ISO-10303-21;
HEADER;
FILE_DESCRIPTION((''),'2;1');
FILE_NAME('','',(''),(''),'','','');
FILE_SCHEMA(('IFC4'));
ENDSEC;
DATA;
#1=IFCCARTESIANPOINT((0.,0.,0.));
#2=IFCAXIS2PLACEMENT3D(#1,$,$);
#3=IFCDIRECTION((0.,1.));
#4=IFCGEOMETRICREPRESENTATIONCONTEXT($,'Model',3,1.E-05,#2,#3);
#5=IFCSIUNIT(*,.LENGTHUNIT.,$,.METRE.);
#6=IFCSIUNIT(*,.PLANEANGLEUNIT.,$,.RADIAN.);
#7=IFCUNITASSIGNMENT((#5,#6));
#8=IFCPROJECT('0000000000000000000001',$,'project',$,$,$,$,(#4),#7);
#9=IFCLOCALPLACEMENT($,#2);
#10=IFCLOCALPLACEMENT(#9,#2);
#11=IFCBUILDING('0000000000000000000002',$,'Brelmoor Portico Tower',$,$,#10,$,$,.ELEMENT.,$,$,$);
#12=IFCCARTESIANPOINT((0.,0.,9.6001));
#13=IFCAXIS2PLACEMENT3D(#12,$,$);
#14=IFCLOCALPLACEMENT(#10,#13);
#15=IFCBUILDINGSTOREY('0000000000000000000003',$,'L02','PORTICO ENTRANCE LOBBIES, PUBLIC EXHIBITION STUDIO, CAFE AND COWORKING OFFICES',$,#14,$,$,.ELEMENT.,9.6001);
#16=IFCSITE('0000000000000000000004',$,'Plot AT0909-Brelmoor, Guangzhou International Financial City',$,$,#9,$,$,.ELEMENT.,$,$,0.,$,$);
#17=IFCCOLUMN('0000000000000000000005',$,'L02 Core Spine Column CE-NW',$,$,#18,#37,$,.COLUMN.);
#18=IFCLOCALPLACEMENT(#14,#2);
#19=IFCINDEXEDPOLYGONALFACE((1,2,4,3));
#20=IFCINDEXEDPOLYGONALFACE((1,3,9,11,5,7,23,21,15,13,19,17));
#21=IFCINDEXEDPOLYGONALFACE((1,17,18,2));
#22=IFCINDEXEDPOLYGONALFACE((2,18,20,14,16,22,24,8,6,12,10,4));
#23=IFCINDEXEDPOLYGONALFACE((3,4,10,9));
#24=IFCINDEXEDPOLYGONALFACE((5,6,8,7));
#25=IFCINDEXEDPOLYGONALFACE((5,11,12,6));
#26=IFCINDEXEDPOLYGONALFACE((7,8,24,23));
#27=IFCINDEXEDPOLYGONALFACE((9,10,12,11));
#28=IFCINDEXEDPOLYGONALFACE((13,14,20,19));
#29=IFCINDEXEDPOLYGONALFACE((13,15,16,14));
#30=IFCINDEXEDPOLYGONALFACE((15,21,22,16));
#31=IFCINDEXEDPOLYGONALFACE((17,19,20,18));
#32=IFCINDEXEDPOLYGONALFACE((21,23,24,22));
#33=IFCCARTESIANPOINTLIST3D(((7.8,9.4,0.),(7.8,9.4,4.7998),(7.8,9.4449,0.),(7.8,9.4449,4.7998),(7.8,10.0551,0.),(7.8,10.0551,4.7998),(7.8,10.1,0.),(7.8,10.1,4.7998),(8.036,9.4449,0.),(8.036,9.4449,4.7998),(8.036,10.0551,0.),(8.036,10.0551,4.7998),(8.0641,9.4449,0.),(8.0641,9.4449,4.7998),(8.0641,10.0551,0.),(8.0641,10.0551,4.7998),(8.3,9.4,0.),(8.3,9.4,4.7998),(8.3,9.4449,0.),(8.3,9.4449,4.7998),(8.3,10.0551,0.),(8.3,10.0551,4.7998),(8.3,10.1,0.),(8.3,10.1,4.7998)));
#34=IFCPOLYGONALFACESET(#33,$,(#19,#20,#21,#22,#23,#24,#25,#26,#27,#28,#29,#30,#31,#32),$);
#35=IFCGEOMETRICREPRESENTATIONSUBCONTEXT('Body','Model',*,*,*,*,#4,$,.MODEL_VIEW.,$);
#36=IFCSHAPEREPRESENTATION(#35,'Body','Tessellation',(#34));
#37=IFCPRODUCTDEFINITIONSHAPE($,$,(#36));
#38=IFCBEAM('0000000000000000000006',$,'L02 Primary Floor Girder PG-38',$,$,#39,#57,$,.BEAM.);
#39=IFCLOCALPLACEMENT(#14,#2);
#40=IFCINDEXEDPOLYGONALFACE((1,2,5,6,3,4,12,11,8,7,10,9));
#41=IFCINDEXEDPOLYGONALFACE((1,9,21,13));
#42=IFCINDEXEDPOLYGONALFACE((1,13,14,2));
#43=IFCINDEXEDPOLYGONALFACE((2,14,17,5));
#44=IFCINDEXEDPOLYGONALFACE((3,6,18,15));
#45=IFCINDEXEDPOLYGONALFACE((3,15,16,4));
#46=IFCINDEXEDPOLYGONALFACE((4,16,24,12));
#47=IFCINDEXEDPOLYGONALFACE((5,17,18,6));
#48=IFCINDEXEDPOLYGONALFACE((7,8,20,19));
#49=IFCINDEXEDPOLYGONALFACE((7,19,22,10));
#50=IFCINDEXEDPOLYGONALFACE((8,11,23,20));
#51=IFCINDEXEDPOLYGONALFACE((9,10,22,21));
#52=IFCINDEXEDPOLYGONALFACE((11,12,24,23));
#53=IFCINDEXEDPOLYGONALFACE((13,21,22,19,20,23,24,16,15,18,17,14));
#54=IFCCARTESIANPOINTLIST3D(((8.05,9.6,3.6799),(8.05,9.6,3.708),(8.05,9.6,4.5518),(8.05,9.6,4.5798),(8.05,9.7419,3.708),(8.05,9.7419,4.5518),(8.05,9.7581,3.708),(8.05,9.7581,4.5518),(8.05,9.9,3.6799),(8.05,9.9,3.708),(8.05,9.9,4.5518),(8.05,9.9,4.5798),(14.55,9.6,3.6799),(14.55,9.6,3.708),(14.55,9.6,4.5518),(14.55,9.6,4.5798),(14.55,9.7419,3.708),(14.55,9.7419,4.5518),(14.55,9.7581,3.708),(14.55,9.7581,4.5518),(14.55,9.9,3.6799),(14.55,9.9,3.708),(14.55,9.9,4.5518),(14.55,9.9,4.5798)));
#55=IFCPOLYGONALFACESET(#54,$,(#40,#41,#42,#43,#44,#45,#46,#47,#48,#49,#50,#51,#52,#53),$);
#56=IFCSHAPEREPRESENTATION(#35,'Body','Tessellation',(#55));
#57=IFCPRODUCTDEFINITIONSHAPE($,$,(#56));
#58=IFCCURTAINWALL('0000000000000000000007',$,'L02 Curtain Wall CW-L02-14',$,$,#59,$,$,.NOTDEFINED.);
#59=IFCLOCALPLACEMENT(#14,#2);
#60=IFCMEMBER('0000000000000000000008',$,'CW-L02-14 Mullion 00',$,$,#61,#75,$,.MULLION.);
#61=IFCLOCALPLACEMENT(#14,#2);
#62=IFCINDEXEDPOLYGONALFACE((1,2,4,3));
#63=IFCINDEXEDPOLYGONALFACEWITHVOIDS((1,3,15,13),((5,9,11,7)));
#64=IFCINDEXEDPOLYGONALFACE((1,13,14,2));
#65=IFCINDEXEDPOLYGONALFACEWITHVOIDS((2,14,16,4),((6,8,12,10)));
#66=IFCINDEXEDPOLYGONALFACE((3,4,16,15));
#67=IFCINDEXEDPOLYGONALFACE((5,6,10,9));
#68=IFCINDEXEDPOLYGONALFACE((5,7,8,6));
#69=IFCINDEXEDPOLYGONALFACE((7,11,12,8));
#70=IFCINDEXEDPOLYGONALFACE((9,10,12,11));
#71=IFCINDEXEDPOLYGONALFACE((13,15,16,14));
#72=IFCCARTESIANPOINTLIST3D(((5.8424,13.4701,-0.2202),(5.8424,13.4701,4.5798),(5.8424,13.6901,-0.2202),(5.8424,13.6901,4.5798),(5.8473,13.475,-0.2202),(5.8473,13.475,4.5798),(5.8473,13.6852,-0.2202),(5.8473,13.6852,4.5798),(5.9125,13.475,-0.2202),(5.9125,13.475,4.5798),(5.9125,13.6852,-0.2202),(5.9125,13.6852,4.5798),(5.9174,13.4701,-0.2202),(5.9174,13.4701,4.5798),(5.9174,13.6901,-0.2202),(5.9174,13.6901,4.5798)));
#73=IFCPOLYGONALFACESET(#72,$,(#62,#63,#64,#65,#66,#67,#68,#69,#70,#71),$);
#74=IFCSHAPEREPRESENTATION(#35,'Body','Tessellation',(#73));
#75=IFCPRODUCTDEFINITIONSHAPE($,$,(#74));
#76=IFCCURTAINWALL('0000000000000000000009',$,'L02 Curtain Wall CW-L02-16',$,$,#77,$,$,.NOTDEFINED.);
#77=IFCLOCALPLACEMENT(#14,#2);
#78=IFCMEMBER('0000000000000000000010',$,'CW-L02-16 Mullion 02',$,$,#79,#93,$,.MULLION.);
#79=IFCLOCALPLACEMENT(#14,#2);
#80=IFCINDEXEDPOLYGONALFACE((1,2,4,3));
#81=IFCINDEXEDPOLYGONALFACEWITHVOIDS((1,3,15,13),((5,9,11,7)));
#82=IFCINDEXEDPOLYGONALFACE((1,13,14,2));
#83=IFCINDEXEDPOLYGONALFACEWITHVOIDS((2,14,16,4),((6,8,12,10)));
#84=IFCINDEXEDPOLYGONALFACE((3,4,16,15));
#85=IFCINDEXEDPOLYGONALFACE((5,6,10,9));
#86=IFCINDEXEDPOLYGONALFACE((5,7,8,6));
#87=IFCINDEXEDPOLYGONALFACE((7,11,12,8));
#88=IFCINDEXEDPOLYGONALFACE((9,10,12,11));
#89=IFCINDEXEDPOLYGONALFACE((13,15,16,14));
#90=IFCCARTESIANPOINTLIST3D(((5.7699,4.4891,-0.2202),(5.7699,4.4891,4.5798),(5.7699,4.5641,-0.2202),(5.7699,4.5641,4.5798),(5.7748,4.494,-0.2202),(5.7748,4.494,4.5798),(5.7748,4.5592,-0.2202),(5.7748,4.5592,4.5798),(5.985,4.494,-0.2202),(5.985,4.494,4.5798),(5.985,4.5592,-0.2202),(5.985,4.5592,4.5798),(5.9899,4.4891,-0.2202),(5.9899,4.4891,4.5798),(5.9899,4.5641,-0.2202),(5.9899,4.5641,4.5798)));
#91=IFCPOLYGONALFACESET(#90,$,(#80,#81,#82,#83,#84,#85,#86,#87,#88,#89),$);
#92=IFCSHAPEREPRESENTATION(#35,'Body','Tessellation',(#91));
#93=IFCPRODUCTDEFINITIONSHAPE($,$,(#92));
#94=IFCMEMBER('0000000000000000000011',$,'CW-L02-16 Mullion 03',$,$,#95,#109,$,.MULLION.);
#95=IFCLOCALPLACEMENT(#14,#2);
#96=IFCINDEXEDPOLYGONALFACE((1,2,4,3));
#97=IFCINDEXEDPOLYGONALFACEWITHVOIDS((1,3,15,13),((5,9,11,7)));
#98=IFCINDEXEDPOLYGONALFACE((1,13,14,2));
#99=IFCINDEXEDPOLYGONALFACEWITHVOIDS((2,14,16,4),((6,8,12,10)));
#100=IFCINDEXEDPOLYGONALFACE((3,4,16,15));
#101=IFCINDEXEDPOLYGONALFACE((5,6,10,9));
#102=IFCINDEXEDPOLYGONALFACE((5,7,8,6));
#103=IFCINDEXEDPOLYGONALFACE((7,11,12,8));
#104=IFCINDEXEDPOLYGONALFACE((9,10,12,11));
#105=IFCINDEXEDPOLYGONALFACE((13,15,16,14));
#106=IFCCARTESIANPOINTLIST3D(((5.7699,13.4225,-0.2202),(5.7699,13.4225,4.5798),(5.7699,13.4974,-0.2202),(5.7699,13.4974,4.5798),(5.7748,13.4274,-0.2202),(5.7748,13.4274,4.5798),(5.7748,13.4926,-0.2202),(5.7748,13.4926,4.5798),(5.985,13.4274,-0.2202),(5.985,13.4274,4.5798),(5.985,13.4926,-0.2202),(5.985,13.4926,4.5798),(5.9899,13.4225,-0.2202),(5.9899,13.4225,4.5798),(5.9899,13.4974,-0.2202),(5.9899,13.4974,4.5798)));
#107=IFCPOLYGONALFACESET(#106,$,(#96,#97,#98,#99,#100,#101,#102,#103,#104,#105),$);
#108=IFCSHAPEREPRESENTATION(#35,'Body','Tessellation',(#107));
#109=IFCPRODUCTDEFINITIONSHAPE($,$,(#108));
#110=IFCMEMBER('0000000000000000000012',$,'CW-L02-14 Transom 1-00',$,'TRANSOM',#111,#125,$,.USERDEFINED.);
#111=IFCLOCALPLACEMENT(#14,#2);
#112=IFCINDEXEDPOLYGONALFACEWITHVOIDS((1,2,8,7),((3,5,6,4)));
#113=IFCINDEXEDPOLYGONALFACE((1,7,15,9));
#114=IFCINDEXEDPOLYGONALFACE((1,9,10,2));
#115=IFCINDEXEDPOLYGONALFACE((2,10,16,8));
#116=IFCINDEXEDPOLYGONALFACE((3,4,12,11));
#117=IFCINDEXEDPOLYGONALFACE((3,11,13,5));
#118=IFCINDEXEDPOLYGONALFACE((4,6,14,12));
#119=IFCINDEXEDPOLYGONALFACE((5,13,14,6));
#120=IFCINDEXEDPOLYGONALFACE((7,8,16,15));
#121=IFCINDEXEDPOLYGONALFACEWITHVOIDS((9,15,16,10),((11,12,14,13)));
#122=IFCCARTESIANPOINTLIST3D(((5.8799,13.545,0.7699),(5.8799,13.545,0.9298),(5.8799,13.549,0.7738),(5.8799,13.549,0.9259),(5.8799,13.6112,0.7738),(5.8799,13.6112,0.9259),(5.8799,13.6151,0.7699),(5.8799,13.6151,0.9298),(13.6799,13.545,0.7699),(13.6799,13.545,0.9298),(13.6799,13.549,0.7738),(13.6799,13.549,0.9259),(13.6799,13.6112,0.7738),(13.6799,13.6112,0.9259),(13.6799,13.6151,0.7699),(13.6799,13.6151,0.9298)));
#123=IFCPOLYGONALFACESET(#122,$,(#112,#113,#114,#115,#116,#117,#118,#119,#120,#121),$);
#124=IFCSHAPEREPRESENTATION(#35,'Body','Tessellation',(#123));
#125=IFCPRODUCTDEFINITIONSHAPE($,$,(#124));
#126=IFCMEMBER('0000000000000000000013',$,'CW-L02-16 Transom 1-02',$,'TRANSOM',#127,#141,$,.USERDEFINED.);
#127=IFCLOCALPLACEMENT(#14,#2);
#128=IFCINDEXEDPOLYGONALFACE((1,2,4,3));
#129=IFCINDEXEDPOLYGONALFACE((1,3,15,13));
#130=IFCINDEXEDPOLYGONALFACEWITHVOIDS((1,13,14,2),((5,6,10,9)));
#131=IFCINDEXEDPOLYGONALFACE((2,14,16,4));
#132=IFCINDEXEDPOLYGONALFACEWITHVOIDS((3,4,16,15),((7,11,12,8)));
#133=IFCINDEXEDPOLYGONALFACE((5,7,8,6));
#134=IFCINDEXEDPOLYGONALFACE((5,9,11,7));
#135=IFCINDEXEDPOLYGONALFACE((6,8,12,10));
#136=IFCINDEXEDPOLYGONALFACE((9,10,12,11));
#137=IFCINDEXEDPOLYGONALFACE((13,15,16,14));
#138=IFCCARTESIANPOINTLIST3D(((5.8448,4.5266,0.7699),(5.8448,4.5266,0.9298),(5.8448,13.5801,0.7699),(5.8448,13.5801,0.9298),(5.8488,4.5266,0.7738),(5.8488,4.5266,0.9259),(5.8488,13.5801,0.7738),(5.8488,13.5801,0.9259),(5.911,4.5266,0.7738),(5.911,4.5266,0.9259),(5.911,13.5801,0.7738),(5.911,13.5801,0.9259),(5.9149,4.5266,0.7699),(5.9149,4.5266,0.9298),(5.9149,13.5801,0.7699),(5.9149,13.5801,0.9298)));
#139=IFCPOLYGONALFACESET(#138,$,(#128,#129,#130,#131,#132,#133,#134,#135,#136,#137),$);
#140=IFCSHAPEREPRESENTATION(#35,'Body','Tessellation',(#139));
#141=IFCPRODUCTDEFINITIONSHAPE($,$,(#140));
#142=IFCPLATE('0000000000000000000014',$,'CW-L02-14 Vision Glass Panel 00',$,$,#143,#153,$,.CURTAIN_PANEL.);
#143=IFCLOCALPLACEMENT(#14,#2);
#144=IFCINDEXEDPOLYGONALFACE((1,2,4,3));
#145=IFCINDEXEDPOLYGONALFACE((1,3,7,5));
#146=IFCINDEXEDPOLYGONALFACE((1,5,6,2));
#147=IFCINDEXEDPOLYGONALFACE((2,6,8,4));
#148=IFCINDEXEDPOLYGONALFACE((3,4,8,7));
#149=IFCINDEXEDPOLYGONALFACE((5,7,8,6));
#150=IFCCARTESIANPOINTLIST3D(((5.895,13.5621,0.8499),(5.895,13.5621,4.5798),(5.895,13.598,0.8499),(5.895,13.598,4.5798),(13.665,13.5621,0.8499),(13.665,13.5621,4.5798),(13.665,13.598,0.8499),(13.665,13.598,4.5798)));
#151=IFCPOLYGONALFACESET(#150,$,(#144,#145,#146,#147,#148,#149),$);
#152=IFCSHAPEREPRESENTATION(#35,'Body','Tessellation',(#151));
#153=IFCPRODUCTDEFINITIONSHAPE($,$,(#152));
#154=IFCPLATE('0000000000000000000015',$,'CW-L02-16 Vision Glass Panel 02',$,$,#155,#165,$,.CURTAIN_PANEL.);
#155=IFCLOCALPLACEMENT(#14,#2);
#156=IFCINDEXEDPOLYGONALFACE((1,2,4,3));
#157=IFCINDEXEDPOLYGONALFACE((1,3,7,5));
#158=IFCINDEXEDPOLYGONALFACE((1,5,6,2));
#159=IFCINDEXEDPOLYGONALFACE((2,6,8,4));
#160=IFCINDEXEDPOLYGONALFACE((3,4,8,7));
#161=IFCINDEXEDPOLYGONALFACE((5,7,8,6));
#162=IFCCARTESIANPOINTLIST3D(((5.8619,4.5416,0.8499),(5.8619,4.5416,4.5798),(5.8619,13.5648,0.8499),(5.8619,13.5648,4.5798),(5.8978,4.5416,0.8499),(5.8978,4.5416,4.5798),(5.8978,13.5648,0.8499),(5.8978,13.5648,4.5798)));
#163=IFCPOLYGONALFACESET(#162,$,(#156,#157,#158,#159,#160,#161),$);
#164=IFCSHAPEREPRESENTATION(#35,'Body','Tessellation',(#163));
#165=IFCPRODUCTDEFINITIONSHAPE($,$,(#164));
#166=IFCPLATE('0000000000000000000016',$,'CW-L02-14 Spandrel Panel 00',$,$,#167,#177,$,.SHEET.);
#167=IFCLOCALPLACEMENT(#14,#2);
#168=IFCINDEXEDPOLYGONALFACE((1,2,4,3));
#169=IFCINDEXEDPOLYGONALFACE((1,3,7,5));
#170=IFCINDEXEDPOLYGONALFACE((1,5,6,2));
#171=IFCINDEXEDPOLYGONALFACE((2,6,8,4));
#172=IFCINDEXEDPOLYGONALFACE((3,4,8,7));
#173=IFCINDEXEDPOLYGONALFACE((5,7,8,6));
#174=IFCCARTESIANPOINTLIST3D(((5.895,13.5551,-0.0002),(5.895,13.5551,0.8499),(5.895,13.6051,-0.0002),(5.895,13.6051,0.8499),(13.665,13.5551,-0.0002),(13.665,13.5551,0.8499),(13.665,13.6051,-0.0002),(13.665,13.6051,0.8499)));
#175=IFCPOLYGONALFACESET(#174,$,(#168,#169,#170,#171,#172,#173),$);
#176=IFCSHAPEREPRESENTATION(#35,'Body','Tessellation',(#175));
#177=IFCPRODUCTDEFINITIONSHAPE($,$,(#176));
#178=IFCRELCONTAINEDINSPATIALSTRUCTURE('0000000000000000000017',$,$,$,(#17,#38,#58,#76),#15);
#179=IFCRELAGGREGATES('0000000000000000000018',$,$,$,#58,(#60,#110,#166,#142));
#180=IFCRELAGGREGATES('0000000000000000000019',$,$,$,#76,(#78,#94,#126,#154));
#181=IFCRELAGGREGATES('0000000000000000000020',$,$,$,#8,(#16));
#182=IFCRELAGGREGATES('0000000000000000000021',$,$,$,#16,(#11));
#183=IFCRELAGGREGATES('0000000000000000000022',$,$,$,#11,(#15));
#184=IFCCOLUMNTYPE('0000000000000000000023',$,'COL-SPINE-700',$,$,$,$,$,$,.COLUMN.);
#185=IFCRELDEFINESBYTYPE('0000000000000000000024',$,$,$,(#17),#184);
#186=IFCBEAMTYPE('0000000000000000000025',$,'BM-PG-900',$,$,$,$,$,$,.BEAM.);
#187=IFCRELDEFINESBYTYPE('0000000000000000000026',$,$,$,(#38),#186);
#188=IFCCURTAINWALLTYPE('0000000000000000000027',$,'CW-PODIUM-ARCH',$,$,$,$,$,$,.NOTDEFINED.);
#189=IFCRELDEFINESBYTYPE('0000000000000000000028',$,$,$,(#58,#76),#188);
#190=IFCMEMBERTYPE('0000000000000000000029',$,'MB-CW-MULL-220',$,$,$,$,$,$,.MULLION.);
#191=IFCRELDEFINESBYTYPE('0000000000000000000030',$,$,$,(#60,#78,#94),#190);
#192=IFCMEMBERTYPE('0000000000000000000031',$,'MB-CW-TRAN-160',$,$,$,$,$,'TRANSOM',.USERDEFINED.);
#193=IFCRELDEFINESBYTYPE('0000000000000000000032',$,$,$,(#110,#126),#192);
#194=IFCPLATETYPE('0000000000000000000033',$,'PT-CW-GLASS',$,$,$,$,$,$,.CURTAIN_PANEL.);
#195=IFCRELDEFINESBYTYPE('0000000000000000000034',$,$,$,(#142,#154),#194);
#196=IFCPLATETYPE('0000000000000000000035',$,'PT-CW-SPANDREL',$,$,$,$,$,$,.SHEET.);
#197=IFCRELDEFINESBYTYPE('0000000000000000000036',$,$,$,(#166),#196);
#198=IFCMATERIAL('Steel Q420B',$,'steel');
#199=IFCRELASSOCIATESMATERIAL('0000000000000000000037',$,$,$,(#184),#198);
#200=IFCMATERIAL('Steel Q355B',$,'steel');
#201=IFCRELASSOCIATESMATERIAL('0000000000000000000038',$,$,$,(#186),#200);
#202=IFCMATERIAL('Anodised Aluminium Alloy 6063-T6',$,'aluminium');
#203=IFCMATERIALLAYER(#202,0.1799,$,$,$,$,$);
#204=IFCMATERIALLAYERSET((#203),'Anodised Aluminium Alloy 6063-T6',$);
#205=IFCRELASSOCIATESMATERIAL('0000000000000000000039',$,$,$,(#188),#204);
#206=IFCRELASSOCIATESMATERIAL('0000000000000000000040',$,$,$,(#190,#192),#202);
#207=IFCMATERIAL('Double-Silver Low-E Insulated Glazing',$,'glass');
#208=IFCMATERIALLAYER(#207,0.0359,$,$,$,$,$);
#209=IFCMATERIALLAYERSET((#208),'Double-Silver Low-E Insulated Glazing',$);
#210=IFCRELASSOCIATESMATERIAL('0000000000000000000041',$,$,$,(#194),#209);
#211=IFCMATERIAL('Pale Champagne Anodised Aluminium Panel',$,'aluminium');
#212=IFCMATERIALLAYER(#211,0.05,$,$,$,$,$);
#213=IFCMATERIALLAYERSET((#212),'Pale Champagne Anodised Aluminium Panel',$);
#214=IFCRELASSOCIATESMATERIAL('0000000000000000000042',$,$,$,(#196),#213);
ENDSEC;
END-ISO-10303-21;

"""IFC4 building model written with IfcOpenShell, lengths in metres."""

from ifc_helpers import new_model, si_unit, direction, frame, origin, origin_2d, place, context, subcontext, project, spatial, rectangle, hollow_rectangle, i_section, extrude, material, layer, layer_set, material_profile, profile_set, type_object, element, aggregate, save


model = new_model("IFC4")

# Units and contexts
model_context = context("Model", 3, precision=1e-05, world=origin(), true_north=direction((0.0, 1.0)))
body_context = subcontext(model_context, "Body", "Model", "MODEL_VIEW")
ifc_project = project(units=[si_unit("LENGTHUNIT", "METRE"), si_unit("PLANEANGLEUNIT", "RADIAN")], contexts=[model_context])

# Site, building, storey
site_placement = place(None, origin())
site = spatial("IfcSite", under=ifc_project, at=site_placement, Name="Plot AT0909-Brelmoor, Guangzhou International Financial City", CompositionType="ELEMENT", RefElevation=0.0)
building_placement = place(site_placement, origin())
building = spatial("IfcBuilding", under=site, at=building_placement, Name="Brelmoor Portico Tower", CompositionType="ELEMENT")
storey_placement = place(building_placement, frame((0.0, 0.0, 9.6001)))
storey = spatial("IfcBuildingStorey", under=building, at=storey_placement, Name="L02", Description="PORTICO ENTRANCE LOBBIES, PUBLIC EXHIBITION STUDIO, CAFE AND COWORKING OFFICES", CompositionType="ELEMENT", Elevation=9.6001)

# Column
ifc_material_1 = material(Name="Steel Q420B", Category="steel")
ifc_material_profile_1 = material_profile(ifc_material_1, i_section(OverallWidth=0.5, OverallDepth=0.7, WebThickness=0.0281, FlangeThickness=0.0449, at=origin_2d()), Name="HW 700x500x28x45")
ifc_profile_set_1 = profile_set([ifc_material_profile_1], Name="Steel Q420B")
column_type = type_object("IfcColumnType", Name="COL-SPINE-700", PredefinedType="COLUMN", material=ifc_profile_set_1)
column_placement = place(storey_placement, frame((8.05, 9.75, 0.0), z_axis=(0.0, 0.0, 1.0), x_axis=(1.0, 0.0, 0.0)))
element("IfcColumn", 1, at=column_placement, inside=storey, type_object=column_type, Name="L02 Core Spine Column CE-NW", PredefinedType="COLUMN", context=body_context, shape_type="SweptSolid", body=[
    extrude(i_section(OverallWidth=0.5, OverallDepth=0.7, WebThickness=0.0281, FlangeThickness=0.0449, at=origin_2d()), origin(), (0.0, 0.0, 1.0), 4.7998),
])

# Beam
ifc_material_2 = material(Name="Steel Q355B", Category="steel")
ifc_material_profile_2 = material_profile(ifc_material_2, i_section(OverallWidth=0.3, OverallDepth=0.8999, WebThickness=0.0161, FlangeThickness=0.0281, at=origin_2d()), Name="HN 900x300x16x28")
ifc_profile_set_2 = profile_set([ifc_material_profile_2], Name="Steel Q355B")
beam_type = type_object("IfcBeamType", Name="BM-PG-900", PredefinedType="BEAM", material=ifc_profile_set_2)
beam_placement = place(storey_placement, frame((8.05, 9.75, 4.1299), z_axis=(1.0, 0.0, 0.0), x_axis=(0.0, 1.0, 0.0)))
element("IfcBeam", 2, at=beam_placement, inside=storey, type_object=beam_type, Name="L02 Primary Floor Girder PG-38", PredefinedType="BEAM", context=body_context, shape_type="SweptSolid", body=[
    extrude(i_section(OverallWidth=0.3, OverallDepth=0.8999, WebThickness=0.0161, FlangeThickness=0.0281, at=origin_2d()), origin(), (0.0, 0.0, 1.0), 6.5),
])

# Curtain wall, member
ifc_material_3 = material(Name="Anodised Aluminium Alloy 6063-T6", Category="aluminium")
ifc_layer_1 = layer(ifc_material_3, 0.1799)
ifc_layer_set_1 = layer_set([ifc_layer_1], Name="Anodised Aluminium Alloy 6063-T6")
curtain_wall_type = type_object("IfcCurtainWallType", Name="CW-PODIUM-ARCH", PredefinedType="NOTDEFINED", material=ifc_layer_set_1)
curtain_wall_1_placement = place(storey_placement, origin())
curtain_wall_1 = element("IfcCurtainWall", 3, at=curtain_wall_1_placement, inside=storey, type_object=curtain_wall_type, Name="L02 Curtain Wall CW-L02-14", PredefinedType="NOTDEFINED")
ifc_material_profile_3 = material_profile(ifc_material_3, hollow_rectangle(XDim=0.075, YDim=0.22, WallThickness=0.0049, at=origin_2d()), Name="ALU MULLION 75x220")
ifc_profile_set_3 = profile_set([ifc_material_profile_3], Name="Anodised Aluminium Alloy 6063-T6")
member_type_1 = type_object("IfcMemberType", Name="MB-CW-MULL-220", PredefinedType="MULLION", material=ifc_profile_set_3)
member_1_placement = place(storey_placement, frame((5.8799, 13.5801, -0.2202), z_axis=(0.0, 0.0, 1.0), x_axis=(1.0, 0.0, 0.0)))
member_1 = element("IfcMember", 4, at=member_1_placement, type_object=member_type_1, Name="CW-L02-14 Mullion 00", PredefinedType="MULLION", context=body_context, shape_type="SweptSolid", body=[
    extrude(hollow_rectangle(XDim=0.075, YDim=0.22, WallThickness=0.0049, at=origin_2d()), origin(), (0.0, 0.0, 1.0), 4.8),
])

# Curtain wall, members
curtain_wall_2_placement = place(storey_placement, origin())
curtain_wall_2 = element("IfcCurtainWall", 5, at=curtain_wall_2_placement, inside=storey, type_object=curtain_wall_type, Name="L02 Curtain Wall CW-L02-16", PredefinedType="NOTDEFINED")
member_2_placement = place(storey_placement, frame((5.8799, 4.5266, -0.2202), z_axis=(0.0, 0.0, 1.0), x_axis=(0.0, 1.0, 0.0)))
member_2 = element("IfcMember", 6, at=member_2_placement, type_object=member_type_1, Name="CW-L02-16 Mullion 02", PredefinedType="MULLION", context=body_context, shape_type="SweptSolid", body=[
    extrude(hollow_rectangle(XDim=0.075, YDim=0.22, WallThickness=0.0049, at=origin_2d()), origin(), (0.0, 0.0, 1.0), 4.8),
])
member_3_placement = place(storey_placement, frame((5.8799, 13.46, -0.2202), z_axis=(0.0, 0.0, 1.0), x_axis=(0.0, 1.0, 0.0)))
member_3 = element("IfcMember", 7, at=member_3_placement, type_object=member_type_1, Name="CW-L02-16 Mullion 03", PredefinedType="MULLION", context=body_context, shape_type="SweptSolid", body=[
    extrude(hollow_rectangle(XDim=0.075, YDim=0.22, WallThickness=0.0049, at=origin_2d()), origin(), (0.0, 0.0, 1.0), 4.8),
])

# Members
ifc_material_profile_4 = material_profile(ifc_material_3, hollow_rectangle(XDim=0.0701, YDim=0.1599, WallThickness=0.0039, at=origin_2d()), Name="ALU TRANSOM 70x160")
ifc_profile_set_4 = profile_set([ifc_material_profile_4], Name="Anodised Aluminium Alloy 6063-T6")
member_type_2 = type_object("IfcMemberType", Name="MB-CW-TRAN-160", ElementType="TRANSOM", PredefinedType="USERDEFINED", material=ifc_profile_set_4)
member_4_placement = place(storey_placement, frame((5.8799, 13.5801, 0.8499), z_axis=(1.0, 0.0, 0.0), x_axis=(0.0, 1.0, 0.0)))
member_4 = element("IfcMember", 8, at=member_4_placement, type_object=member_type_2, Name="CW-L02-14 Transom 1-00", ObjectType="TRANSOM", PredefinedType="USERDEFINED", context=body_context, shape_type="SweptSolid", body=[
    extrude(hollow_rectangle(XDim=0.0701, YDim=0.1599, WallThickness=0.0039, at=origin_2d()), origin(), (0.0, 0.0, 1.0), 7.8),
])
member_5_placement = place(storey_placement, frame((5.8799, 4.5266, 0.8499), z_axis=(0.0, 1.0, 0.0), x_axis=(-1.0, 0.0, 0.0)))
member_5 = element("IfcMember", 9, at=member_5_placement, type_object=member_type_2, Name="CW-L02-16 Transom 1-02", ObjectType="TRANSOM", PredefinedType="USERDEFINED", context=body_context, shape_type="SweptSolid", body=[
    extrude(hollow_rectangle(XDim=0.0701, YDim=0.1599, WallThickness=0.0039, at=origin_2d()), origin(), (0.0, 0.0, 1.0), 9.0535),
])

# Plates
ifc_material_4 = material(Name="Double-Silver Low-E Insulated Glazing", Category="glass")
ifc_layer_2 = layer(ifc_material_4, 0.0359)
ifc_layer_set_2 = layer_set([ifc_layer_2], Name="Double-Silver Low-E Insulated Glazing")
plate_type_1 = type_object("IfcPlateType", Name="PT-CW-GLASS", PredefinedType="CURTAIN_PANEL", material=ifc_layer_set_2)
plate_1_placement = place(storey_placement, frame((9.78, 13.5801, 0.8499), z_axis=(0.0, 0.0, 1.0), x_axis=(1.0, 0.0, 0.0)))
plate_1 = element("IfcPlate", 10, at=plate_1_placement, type_object=plate_type_1, Name="CW-L02-14 Vision Glass Panel 00", PredefinedType="CURTAIN_PANEL", context=body_context, shape_type="SweptSolid", body=[
    extrude(rectangle(XDim=7.77, YDim=0.0359, at=origin_2d()), origin(), (0.0, 0.0, 1.0), 3.73),
])
plate_2_placement = place(storey_placement, frame((5.8799, 9.0532, 0.8499), z_axis=(0.0, 0.0, 1.0), x_axis=(0.0, 1.0, 0.0)))
plate_2 = element("IfcPlate", 11, at=plate_2_placement, type_object=plate_type_1, Name="CW-L02-16 Vision Glass Panel 02", PredefinedType="CURTAIN_PANEL", context=body_context, shape_type="SweptSolid", body=[
    extrude(rectangle(XDim=9.0232, YDim=0.0359, at=origin_2d()), origin(), (0.0, 0.0, 1.0), 3.73),
])
ifc_material_5 = material(Name="Pale Champagne Anodised Aluminium Panel", Category="aluminium")
ifc_layer_3 = layer(ifc_material_5, 0.05)
ifc_layer_set_3 = layer_set([ifc_layer_3], Name="Pale Champagne Anodised Aluminium Panel")
plate_type_2 = type_object("IfcPlateType", Name="PT-CW-SPANDREL", PredefinedType="SHEET", material=ifc_layer_set_3)
plate_3_placement = place(storey_placement, frame((9.78, 13.5801, -0.0002), z_axis=(0.0, 0.0, 1.0), x_axis=(1.0, 0.0, 0.0)))
plate_3 = element("IfcPlate", 12, at=plate_3_placement, type_object=plate_type_2, Name="CW-L02-14 Spandrel Panel 00", PredefinedType="SHEET", context=body_context, shape_type="SweptSolid", body=[
    extrude(rectangle(XDim=7.77, YDim=0.05, at=origin_2d()), origin(), (0.0, 0.0, 1.0), 0.8501),
])
aggregate(curtain_wall_1, [member_1, member_4, plate_3, plate_1])
aggregate(curtain_wall_2, [member_2, member_3, member_5, plate_2])

save(model, "model.ifc")
